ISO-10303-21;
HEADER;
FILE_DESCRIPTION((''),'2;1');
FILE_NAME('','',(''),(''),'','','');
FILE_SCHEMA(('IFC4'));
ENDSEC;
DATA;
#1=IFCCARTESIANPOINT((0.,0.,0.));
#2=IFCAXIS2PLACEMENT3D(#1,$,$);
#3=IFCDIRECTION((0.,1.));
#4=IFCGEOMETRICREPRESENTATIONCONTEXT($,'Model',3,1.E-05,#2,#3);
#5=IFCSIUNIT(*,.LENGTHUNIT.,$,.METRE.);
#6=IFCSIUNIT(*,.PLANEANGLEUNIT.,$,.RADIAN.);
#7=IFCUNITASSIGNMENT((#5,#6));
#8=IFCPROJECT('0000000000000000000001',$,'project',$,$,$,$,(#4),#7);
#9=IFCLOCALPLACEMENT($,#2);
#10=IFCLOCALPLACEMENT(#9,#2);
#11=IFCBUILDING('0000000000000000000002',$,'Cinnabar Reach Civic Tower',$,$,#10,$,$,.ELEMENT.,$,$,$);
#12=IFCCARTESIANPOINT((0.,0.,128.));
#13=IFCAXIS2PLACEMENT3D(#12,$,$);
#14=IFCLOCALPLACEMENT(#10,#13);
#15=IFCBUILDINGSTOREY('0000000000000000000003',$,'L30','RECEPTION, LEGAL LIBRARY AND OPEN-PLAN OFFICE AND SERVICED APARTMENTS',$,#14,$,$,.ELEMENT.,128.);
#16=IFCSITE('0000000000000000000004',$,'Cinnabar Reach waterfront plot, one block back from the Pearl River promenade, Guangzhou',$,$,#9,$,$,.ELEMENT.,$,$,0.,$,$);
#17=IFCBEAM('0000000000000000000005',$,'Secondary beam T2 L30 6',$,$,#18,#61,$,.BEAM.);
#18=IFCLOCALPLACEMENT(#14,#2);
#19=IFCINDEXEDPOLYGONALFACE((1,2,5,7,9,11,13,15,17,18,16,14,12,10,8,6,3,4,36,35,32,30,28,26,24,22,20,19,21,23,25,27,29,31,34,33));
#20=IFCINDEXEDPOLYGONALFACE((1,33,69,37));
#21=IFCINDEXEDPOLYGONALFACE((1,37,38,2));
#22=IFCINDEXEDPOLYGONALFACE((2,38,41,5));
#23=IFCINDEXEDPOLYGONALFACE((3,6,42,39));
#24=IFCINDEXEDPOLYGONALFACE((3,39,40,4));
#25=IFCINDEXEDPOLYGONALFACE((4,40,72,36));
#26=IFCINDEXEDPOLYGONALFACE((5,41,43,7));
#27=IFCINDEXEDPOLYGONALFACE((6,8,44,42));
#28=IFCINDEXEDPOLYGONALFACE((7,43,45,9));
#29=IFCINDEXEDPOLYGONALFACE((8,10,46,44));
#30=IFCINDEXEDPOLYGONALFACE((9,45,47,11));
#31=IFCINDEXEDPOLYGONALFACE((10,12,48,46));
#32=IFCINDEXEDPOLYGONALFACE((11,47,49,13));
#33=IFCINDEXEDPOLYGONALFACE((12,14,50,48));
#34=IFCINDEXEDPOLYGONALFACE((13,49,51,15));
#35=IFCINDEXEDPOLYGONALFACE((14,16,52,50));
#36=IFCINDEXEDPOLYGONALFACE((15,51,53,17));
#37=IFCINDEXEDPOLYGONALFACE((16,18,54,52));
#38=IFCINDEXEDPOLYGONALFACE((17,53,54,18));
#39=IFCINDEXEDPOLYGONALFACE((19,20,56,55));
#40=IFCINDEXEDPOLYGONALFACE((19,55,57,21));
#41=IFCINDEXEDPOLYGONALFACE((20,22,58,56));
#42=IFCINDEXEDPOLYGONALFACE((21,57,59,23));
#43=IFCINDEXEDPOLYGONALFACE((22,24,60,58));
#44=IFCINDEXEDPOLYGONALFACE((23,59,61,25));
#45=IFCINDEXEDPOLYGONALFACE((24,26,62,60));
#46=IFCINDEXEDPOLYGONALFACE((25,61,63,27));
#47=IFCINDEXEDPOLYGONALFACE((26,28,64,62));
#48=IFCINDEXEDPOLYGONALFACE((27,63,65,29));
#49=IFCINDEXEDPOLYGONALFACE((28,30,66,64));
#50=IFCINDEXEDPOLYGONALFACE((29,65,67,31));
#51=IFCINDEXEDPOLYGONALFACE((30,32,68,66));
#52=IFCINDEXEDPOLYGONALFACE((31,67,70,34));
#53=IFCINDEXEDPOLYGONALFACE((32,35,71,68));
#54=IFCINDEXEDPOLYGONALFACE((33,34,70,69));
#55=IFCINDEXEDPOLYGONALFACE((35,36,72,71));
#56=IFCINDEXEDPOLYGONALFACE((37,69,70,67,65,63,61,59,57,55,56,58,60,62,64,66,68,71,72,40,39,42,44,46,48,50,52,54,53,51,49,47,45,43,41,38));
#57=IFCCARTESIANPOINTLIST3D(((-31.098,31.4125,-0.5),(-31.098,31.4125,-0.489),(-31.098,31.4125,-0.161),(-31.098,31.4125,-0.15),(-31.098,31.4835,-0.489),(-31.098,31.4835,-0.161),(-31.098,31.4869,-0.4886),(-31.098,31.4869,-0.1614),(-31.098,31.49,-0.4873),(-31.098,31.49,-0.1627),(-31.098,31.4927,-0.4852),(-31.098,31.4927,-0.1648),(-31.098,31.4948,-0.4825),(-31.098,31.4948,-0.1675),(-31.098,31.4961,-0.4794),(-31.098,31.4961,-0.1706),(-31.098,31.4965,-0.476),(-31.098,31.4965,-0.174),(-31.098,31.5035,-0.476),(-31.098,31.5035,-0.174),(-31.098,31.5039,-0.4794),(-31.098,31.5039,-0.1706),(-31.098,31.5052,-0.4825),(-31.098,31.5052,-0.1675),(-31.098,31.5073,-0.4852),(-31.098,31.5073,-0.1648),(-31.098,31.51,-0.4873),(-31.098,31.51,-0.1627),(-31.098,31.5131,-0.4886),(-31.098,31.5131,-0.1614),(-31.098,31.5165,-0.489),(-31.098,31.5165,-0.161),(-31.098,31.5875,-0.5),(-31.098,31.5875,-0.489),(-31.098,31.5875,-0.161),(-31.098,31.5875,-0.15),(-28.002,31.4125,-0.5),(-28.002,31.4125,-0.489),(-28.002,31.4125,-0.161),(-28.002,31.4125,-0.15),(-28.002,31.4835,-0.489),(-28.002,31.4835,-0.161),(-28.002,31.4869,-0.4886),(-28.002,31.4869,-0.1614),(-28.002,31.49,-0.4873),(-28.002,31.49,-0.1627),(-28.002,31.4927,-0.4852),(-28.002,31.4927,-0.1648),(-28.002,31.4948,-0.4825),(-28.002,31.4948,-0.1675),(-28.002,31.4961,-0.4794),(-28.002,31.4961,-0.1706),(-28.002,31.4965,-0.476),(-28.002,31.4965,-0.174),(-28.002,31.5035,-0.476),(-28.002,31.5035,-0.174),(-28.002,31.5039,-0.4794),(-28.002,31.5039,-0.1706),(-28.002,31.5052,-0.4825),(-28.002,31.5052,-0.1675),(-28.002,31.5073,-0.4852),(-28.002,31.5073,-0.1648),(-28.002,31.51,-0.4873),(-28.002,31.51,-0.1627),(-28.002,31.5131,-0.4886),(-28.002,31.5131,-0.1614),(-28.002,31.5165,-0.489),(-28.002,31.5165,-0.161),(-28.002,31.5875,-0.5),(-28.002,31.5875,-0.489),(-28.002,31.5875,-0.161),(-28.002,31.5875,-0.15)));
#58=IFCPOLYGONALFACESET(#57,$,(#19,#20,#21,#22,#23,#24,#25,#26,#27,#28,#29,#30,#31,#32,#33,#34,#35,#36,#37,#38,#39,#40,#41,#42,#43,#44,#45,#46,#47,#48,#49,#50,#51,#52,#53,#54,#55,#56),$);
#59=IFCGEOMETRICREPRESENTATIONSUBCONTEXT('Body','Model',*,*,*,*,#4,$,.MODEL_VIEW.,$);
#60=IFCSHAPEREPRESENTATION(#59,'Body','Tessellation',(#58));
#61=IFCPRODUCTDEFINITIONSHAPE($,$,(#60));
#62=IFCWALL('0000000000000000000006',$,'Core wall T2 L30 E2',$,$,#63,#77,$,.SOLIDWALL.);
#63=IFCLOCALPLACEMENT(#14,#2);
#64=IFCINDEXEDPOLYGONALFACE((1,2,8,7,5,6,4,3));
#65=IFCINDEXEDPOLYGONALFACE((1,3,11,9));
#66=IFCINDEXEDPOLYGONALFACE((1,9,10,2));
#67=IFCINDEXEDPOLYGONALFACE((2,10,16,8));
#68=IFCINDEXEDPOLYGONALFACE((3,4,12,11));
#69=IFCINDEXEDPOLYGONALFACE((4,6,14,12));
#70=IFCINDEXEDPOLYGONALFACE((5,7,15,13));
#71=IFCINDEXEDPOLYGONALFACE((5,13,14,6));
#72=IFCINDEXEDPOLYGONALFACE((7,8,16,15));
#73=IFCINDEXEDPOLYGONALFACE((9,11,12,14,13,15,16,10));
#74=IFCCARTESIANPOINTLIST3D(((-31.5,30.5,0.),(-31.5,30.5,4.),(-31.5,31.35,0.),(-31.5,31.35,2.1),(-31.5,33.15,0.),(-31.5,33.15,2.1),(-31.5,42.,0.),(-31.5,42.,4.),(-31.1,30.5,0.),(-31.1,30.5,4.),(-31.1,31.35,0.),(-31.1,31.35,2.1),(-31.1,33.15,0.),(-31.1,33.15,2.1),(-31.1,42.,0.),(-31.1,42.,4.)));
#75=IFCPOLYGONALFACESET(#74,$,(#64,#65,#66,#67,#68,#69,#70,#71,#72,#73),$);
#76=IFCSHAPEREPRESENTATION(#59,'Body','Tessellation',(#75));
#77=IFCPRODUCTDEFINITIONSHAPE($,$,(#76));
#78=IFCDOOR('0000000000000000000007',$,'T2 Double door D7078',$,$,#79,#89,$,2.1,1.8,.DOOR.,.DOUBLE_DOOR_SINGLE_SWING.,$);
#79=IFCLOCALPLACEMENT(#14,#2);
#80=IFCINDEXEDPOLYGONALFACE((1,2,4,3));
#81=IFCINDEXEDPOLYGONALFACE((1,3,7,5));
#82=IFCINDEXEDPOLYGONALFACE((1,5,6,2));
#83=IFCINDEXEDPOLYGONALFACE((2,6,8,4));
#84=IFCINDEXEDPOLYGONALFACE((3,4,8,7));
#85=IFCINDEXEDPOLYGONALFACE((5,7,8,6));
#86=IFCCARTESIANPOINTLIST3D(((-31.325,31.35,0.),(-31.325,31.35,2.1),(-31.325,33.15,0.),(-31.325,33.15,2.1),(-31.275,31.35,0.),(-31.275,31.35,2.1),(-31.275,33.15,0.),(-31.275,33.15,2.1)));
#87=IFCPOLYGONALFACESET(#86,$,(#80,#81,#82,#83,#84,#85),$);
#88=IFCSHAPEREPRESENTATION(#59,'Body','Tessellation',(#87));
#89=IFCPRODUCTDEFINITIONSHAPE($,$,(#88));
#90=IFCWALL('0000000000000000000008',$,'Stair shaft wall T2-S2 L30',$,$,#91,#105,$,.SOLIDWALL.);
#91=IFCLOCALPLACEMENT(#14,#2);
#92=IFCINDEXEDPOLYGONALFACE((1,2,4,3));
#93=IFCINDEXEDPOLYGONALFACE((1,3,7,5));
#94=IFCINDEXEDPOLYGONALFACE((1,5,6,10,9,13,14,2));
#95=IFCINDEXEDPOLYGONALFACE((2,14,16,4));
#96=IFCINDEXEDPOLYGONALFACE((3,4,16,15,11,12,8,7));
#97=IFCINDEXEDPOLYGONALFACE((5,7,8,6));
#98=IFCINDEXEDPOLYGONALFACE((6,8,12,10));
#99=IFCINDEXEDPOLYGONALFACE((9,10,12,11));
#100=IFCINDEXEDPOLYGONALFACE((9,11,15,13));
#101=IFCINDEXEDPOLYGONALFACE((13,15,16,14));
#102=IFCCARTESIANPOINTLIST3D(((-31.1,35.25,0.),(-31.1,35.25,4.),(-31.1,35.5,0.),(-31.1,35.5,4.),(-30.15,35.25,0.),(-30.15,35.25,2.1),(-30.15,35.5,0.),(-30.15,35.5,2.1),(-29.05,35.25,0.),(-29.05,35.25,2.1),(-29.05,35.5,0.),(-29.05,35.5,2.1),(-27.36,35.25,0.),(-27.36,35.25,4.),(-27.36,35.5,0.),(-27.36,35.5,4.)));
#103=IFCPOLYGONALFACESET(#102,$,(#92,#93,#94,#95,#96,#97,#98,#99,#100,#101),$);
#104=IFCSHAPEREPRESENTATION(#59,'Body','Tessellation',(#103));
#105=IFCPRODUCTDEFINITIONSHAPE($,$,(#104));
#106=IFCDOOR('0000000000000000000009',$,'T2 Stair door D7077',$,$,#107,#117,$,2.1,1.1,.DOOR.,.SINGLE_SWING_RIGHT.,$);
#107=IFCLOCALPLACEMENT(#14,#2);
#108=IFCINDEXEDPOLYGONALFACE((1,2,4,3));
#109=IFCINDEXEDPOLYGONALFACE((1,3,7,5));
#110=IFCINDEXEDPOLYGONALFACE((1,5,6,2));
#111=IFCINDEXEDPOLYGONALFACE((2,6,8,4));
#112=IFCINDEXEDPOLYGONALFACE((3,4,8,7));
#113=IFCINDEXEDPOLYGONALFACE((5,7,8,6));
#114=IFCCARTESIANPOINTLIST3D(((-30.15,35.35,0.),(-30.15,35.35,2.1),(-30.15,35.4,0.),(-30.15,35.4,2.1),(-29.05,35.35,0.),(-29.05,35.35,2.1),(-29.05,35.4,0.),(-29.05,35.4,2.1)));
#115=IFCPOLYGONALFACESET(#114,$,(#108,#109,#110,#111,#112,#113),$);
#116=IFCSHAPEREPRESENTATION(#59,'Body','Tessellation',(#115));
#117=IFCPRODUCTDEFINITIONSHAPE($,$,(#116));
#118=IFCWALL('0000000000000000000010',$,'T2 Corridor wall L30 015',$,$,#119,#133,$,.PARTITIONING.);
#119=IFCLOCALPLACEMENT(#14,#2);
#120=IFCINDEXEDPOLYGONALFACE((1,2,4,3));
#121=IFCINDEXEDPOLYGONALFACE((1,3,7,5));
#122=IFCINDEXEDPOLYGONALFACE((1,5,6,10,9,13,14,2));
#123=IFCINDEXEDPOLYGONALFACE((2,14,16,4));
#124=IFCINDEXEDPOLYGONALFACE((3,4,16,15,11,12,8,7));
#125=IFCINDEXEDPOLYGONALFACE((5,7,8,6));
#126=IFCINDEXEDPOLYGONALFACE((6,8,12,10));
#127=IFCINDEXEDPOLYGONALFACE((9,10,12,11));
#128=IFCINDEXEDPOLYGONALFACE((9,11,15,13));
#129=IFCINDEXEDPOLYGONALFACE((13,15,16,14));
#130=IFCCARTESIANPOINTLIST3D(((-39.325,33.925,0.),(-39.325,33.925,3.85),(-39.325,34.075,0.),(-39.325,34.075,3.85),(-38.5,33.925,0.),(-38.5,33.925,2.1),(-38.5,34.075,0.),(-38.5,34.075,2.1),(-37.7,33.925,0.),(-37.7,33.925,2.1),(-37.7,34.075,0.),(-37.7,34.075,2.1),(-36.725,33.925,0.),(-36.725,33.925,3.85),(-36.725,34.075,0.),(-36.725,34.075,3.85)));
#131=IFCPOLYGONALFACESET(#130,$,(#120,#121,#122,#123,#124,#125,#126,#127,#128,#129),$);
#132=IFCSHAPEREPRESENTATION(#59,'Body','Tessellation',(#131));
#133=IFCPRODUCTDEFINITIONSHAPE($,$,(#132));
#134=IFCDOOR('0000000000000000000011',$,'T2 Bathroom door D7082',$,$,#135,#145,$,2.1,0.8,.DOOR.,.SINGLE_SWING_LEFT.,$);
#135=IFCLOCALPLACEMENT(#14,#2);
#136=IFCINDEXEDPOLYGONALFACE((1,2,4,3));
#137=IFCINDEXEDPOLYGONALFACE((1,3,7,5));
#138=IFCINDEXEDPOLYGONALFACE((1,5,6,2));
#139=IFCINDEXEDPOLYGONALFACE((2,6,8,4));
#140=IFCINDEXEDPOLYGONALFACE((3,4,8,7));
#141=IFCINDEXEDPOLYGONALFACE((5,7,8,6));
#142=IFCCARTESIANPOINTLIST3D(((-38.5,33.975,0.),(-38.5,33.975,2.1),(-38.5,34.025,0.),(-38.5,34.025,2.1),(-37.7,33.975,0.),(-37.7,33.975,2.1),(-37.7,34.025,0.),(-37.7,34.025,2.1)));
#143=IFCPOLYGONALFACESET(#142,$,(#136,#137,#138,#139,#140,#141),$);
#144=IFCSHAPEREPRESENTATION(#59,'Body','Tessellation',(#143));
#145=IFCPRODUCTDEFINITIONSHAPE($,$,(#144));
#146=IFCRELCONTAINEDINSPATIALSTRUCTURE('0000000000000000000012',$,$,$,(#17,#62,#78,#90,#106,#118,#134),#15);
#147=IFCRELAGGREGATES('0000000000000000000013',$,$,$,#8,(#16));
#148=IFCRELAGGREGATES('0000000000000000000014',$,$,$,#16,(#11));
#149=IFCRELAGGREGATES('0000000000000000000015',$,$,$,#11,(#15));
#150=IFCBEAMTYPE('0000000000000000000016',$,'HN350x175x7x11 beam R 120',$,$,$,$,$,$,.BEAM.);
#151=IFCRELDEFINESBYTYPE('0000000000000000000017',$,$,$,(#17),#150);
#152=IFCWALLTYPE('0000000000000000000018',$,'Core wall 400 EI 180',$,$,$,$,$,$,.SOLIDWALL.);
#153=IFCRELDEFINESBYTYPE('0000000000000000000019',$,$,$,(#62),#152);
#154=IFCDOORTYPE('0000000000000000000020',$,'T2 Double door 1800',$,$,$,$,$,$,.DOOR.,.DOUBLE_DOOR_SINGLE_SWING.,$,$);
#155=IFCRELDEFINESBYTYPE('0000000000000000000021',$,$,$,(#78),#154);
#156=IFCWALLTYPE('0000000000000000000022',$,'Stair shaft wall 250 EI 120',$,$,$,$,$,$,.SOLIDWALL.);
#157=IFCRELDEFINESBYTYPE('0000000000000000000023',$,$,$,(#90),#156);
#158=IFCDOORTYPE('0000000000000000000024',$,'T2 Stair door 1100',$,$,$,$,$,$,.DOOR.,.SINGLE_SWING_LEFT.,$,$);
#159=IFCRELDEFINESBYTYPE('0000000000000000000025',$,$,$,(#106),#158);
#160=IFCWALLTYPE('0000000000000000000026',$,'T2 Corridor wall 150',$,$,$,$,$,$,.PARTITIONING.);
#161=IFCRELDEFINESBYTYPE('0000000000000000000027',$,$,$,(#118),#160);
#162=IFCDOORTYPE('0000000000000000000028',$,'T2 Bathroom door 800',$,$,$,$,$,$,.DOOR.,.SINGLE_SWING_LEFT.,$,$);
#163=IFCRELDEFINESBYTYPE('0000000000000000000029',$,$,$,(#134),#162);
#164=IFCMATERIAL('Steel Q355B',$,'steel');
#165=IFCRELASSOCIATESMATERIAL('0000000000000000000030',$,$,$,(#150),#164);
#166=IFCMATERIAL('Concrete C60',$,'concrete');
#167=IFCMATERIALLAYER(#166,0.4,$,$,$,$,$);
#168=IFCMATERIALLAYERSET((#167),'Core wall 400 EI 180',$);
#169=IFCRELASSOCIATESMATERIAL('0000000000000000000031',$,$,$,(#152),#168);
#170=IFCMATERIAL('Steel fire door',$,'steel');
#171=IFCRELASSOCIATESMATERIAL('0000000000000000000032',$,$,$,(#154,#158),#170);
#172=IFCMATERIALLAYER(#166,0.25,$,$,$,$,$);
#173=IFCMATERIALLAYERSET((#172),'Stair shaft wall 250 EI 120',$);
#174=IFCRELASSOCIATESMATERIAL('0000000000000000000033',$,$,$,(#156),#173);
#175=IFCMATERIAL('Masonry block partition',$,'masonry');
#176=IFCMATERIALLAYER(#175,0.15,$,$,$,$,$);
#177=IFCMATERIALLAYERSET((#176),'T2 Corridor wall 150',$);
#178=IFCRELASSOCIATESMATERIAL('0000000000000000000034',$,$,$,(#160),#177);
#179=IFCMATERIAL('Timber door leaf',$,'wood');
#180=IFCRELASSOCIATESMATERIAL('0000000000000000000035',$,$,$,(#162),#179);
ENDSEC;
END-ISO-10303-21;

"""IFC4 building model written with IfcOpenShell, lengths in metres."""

from ifc_helpers import new_model, si_unit, direction, frame, frame_2d, origin, origin_2d, place, context, subcontext, project, spatial, rectangle, i_section, extrude, material, layer, layer_set, material_profile, profile_set, type_object, element, fill, save


model = new_model("IFC4")

# Units and contexts
model_context = context("Model", 3, precision=1e-05, world=origin(), true_north=direction((0.0, 1.0)))
body_context = subcontext(model_context, "Body", "Model", "MODEL_VIEW")
ifc_project = project(units=[si_unit("LENGTHUNIT", "METRE"), si_unit("PLANEANGLEUNIT", "RADIAN")], contexts=[model_context])

# Site, building, storey
site_placement = place(None, origin())
site = spatial("IfcSite", under=ifc_project, at=site_placement, Name="Cinnabar Reach waterfront plot, one block back from the Pearl River promenade, Guangzhou", CompositionType="ELEMENT", RefElevation=0.0)
building_placement = place(site_placement, origin())
building = spatial("IfcBuilding", under=site, at=building_placement, Name="Cinnabar Reach Civic Tower", CompositionType="ELEMENT")
storey_placement = place(building_placement, frame((0.0, 0.0, 128.0)))
storey = spatial("IfcBuildingStorey", under=building, at=storey_placement, Name="L30", Description="RECEPTION, LEGAL LIBRARY AND OPEN-PLAN OFFICE AND SERVICED APARTMENTS", CompositionType="ELEMENT", Elevation=128.0)

# Beam
ifc_material_1 = material(Name="Steel Q355B", Category="steel")
ifc_material_profile = material_profile(ifc_material_1, i_section(OverallWidth=0.175, OverallDepth=0.35, WebThickness=0.007, FlangeThickness=0.011, FilletRadius=0.013, at=origin_2d()), Name="HN350x175x7x11")
ifc_profile_set = profile_set([ifc_material_profile], Name="Steel Q355B")
beam_type = type_object("IfcBeamType", Name="HN350x175x7x11 beam R 120", PredefinedType="BEAM", material=ifc_profile_set)
beam_placement = place(storey_placement, frame((-31.098, 31.5, -0.325), z_axis=(1.0, 0.0, 0.0), x_axis=(0.0, 1.0, 0.0)))
element("IfcBeam", 1, at=beam_placement, inside=storey, type_object=beam_type, Name="Secondary beam T2 L30 6", PredefinedType="BEAM", context=body_context, shape_type="SweptSolid", body=[
    extrude(i_section(OverallWidth=0.175, OverallDepth=0.35, WebThickness=0.007, FlangeThickness=0.011, FilletRadius=0.013, at=origin_2d()), origin(), (0.0, 0.0, 1.0), 3.096),
])

# Walls, openings, doors
ifc_material_2 = material(Name="Concrete C60", Category="concrete")
ifc_layer_1 = layer(ifc_material_2, 0.4)
ifc_layer_set_1 = layer_set([ifc_layer_1], Name="Core wall 400 EI 180")
wall_type_1 = type_object("IfcWallType", Name="Core wall 400 EI 180", PredefinedType="SOLIDWALL", material=ifc_layer_set_1)
wall_1_placement = place(storey_placement, frame((-31.3, 30.5, 0.0), z_axis=(0.0, 0.0, 1.0), x_axis=(0.0, 1.0, 0.0)))
wall_1 = element("IfcWall", 2, at=wall_1_placement, inside=storey, type_object=wall_type_1, Name="Core wall T2 L30 E2", PredefinedType="SOLIDWALL", context=body_context, shape_type="SweptSolid", body=[
    extrude(rectangle(XDim=11.5, YDim=0.4, at=frame_2d((5.75, 0.0))), origin(), (0.0, 0.0, 1.0), 4.0),
])
opening_1_placement = place(wall_1_placement, frame((0.85, 0.0, 0.0)))
opening_1 = element("IfcOpeningElement", 3, at=opening_1_placement, cuts=wall_1, PredefinedType="OPENING", context=body_context, shape_type="SweptSolid", body=[
    extrude(rectangle(XDim=1.8, YDim=2.1, at=frame_2d((0.9, 1.05))), frame((0.0, 0.21, 0.0), z_axis=(0.0, -1.0, 0.0), x_axis=(1.0, 0.0, 0.0)), (0.0, 0.0, 1.0), 0.42),
])
ifc_material_3 = material(Name="Steel fire door", Category="steel")
door_type_1 = type_object("IfcDoorType", Name="T2 Double door 1800", OperationType="DOUBLE_DOOR_SINGLE_SWING", PredefinedType="DOOR", material=ifc_material_3)
door_1_placement = place(opening_1_placement, origin())
door_1 = element("IfcDoor", 4, at=door_1_placement, inside=storey, type_object=door_type_1, Name="T2 Double door D7078", OperationType="DOUBLE_DOOR_SINGLE_SWING", OverallHeight=2.1, OverallWidth=1.8, PredefinedType="DOOR", context=body_context, shape_type="SweptSolid", body=[
    extrude(rectangle(XDim=1.8, YDim=2.1, at=frame_2d((0.9, 1.05))), frame((0.0, 0.025, 0.0), z_axis=(0.0, -1.0, 0.0), x_axis=(1.0, 0.0, 0.0)), (0.0, 0.0, 1.0), 0.05),
])
fill(opening_1, door_1)
ifc_layer_2 = layer(ifc_material_2, 0.25)
ifc_layer_set_2 = layer_set([ifc_layer_2], Name="Stair shaft wall 250 EI 120")
wall_type_2 = type_object("IfcWallType", Name="Stair shaft wall 250 EI 120", PredefinedType="SOLIDWALL", material=ifc_layer_set_2)
wall_2_placement = place(storey_placement, frame((-31.1, 35.375, 0.0), z_axis=(0.0, 0.0, 1.0), x_axis=(1.0, 0.0, 0.0)))
wall_2 = element("IfcWall", 5, at=wall_2_placement, inside=storey, type_object=wall_type_2, Name="Stair shaft wall T2-S2 L30", PredefinedType="SOLIDWALL", context=body_context, shape_type="SweptSolid", body=[
    extrude(rectangle(XDim=3.74, YDim=0.25, at=frame_2d((1.87, 0.0))), origin(), (0.0, 0.0, 1.0), 4.0),
])
opening_2_placement = place(wall_2_placement, frame((0.95, 0.0, 0.0)))
opening_2 = element("IfcOpeningElement", 6, at=opening_2_placement, cuts=wall_2, PredefinedType="OPENING", context=body_context, shape_type="SweptSolid", body=[
    extrude(rectangle(XDim=1.1, YDim=2.1, at=frame_2d((0.55, 1.05))), frame((0.0, 0.135, 0.0), z_axis=(0.0, -1.0, 0.0), x_axis=(1.0, 0.0, 0.0)), (0.0, 0.0, 1.0), 0.27),
])
door_type_2 = type_object("IfcDoorType", Name="T2 Stair door 1100", OperationType="SINGLE_SWING_LEFT", PredefinedType="DOOR", material=ifc_material_3)
door_2_placement = place(opening_2_placement, origin())
door_2 = element("IfcDoor", 7, at=door_2_placement, inside=storey, type_object=door_type_2, Name="T2 Stair door D7077", OperationType="SINGLE_SWING_RIGHT", OverallHeight=2.1, OverallWidth=1.1, PredefinedType="DOOR", context=body_context, shape_type="SweptSolid", body=[
    extrude(rectangle(XDim=1.1, YDim=2.1, at=frame_2d((0.55, 1.05))), frame((0.0, 0.025, 0.0), z_axis=(0.0, -1.0, 0.0), x_axis=(1.0, 0.0, 0.0)), (0.0, 0.0, 1.0), 0.05),
])
fill(opening_2, door_2)
ifc_material_4 = material(Name="Masonry block partition", Category="masonry")
ifc_layer_3 = layer(ifc_material_4, 0.15)
ifc_layer_set_3 = layer_set([ifc_layer_3], Name="T2 Corridor wall 150")
wall_type_3 = type_object("IfcWallType", Name="T2 Corridor wall 150", PredefinedType="PARTITIONING", material=ifc_layer_set_3)
wall_3_placement = place(storey_placement, frame((-36.725, 34.0, 0.0), z_axis=(0.0, 0.0, 1.0), x_axis=(-1.0, 0.0, 0.0)))
wall_3 = element("IfcWall", 8, at=wall_3_placement, inside=storey, type_object=wall_type_3, Name="T2 Corridor wall L30 015", PredefinedType="PARTITIONING", context=body_context, shape_type="SweptSolid", body=[
    extrude(rectangle(XDim=2.6, YDim=0.15, at=frame_2d((1.3, 0.0))), origin(), (0.0, 0.0, 1.0), 3.85),
])
opening_3_placement = place(wall_3_placement, frame((0.975, 0.0, 0.0)))
opening_3 = element("IfcOpeningElement", 9, at=opening_3_placement, cuts=wall_3, PredefinedType="OPENING", context=body_context, shape_type="SweptSolid", body=[
    extrude(rectangle(XDim=0.8, YDim=2.1, at=frame_2d((0.4, 1.05))), frame((0.0, 0.085, 0.0), z_axis=(0.0, -1.0, 0.0), x_axis=(1.0, 0.0, 0.0)), (0.0, 0.0, 1.0), 0.17),
])
ifc_material_5 = material(Name="Timber door leaf", Category="wood")
door_type_3 = type_object("IfcDoorType", Name="T2 Bathroom door 800", OperationType="SINGLE_SWING_LEFT", PredefinedType="DOOR", material=ifc_material_5)
door_3_placement = place(opening_3_placement, frame((0.8, 0.0, 0.0), z_axis=(0.0, 0.0, 1.0), x_axis=(-1.0, 0.0, 0.0)))
door_3 = element("IfcDoor", 10, at=door_3_placement, inside=storey, type_object=door_type_3, Name="T2 Bathroom door D7082", OperationType="SINGLE_SWING_LEFT", OverallHeight=2.1, OverallWidth=0.8, PredefinedType="DOOR", context=body_context, shape_type="SweptSolid", body=[
    extrude(rectangle(XDim=0.8, YDim=2.1, at=frame_2d((0.4, 1.05))), frame((0.0, 0.025, 0.0), z_axis=(0.0, -1.0, 0.0), x_axis=(1.0, 0.0, 0.0)), (0.0, 0.0, 1.0), 0.05),
])
fill(opening_3, door_3)

save(model, "model.ifc")
